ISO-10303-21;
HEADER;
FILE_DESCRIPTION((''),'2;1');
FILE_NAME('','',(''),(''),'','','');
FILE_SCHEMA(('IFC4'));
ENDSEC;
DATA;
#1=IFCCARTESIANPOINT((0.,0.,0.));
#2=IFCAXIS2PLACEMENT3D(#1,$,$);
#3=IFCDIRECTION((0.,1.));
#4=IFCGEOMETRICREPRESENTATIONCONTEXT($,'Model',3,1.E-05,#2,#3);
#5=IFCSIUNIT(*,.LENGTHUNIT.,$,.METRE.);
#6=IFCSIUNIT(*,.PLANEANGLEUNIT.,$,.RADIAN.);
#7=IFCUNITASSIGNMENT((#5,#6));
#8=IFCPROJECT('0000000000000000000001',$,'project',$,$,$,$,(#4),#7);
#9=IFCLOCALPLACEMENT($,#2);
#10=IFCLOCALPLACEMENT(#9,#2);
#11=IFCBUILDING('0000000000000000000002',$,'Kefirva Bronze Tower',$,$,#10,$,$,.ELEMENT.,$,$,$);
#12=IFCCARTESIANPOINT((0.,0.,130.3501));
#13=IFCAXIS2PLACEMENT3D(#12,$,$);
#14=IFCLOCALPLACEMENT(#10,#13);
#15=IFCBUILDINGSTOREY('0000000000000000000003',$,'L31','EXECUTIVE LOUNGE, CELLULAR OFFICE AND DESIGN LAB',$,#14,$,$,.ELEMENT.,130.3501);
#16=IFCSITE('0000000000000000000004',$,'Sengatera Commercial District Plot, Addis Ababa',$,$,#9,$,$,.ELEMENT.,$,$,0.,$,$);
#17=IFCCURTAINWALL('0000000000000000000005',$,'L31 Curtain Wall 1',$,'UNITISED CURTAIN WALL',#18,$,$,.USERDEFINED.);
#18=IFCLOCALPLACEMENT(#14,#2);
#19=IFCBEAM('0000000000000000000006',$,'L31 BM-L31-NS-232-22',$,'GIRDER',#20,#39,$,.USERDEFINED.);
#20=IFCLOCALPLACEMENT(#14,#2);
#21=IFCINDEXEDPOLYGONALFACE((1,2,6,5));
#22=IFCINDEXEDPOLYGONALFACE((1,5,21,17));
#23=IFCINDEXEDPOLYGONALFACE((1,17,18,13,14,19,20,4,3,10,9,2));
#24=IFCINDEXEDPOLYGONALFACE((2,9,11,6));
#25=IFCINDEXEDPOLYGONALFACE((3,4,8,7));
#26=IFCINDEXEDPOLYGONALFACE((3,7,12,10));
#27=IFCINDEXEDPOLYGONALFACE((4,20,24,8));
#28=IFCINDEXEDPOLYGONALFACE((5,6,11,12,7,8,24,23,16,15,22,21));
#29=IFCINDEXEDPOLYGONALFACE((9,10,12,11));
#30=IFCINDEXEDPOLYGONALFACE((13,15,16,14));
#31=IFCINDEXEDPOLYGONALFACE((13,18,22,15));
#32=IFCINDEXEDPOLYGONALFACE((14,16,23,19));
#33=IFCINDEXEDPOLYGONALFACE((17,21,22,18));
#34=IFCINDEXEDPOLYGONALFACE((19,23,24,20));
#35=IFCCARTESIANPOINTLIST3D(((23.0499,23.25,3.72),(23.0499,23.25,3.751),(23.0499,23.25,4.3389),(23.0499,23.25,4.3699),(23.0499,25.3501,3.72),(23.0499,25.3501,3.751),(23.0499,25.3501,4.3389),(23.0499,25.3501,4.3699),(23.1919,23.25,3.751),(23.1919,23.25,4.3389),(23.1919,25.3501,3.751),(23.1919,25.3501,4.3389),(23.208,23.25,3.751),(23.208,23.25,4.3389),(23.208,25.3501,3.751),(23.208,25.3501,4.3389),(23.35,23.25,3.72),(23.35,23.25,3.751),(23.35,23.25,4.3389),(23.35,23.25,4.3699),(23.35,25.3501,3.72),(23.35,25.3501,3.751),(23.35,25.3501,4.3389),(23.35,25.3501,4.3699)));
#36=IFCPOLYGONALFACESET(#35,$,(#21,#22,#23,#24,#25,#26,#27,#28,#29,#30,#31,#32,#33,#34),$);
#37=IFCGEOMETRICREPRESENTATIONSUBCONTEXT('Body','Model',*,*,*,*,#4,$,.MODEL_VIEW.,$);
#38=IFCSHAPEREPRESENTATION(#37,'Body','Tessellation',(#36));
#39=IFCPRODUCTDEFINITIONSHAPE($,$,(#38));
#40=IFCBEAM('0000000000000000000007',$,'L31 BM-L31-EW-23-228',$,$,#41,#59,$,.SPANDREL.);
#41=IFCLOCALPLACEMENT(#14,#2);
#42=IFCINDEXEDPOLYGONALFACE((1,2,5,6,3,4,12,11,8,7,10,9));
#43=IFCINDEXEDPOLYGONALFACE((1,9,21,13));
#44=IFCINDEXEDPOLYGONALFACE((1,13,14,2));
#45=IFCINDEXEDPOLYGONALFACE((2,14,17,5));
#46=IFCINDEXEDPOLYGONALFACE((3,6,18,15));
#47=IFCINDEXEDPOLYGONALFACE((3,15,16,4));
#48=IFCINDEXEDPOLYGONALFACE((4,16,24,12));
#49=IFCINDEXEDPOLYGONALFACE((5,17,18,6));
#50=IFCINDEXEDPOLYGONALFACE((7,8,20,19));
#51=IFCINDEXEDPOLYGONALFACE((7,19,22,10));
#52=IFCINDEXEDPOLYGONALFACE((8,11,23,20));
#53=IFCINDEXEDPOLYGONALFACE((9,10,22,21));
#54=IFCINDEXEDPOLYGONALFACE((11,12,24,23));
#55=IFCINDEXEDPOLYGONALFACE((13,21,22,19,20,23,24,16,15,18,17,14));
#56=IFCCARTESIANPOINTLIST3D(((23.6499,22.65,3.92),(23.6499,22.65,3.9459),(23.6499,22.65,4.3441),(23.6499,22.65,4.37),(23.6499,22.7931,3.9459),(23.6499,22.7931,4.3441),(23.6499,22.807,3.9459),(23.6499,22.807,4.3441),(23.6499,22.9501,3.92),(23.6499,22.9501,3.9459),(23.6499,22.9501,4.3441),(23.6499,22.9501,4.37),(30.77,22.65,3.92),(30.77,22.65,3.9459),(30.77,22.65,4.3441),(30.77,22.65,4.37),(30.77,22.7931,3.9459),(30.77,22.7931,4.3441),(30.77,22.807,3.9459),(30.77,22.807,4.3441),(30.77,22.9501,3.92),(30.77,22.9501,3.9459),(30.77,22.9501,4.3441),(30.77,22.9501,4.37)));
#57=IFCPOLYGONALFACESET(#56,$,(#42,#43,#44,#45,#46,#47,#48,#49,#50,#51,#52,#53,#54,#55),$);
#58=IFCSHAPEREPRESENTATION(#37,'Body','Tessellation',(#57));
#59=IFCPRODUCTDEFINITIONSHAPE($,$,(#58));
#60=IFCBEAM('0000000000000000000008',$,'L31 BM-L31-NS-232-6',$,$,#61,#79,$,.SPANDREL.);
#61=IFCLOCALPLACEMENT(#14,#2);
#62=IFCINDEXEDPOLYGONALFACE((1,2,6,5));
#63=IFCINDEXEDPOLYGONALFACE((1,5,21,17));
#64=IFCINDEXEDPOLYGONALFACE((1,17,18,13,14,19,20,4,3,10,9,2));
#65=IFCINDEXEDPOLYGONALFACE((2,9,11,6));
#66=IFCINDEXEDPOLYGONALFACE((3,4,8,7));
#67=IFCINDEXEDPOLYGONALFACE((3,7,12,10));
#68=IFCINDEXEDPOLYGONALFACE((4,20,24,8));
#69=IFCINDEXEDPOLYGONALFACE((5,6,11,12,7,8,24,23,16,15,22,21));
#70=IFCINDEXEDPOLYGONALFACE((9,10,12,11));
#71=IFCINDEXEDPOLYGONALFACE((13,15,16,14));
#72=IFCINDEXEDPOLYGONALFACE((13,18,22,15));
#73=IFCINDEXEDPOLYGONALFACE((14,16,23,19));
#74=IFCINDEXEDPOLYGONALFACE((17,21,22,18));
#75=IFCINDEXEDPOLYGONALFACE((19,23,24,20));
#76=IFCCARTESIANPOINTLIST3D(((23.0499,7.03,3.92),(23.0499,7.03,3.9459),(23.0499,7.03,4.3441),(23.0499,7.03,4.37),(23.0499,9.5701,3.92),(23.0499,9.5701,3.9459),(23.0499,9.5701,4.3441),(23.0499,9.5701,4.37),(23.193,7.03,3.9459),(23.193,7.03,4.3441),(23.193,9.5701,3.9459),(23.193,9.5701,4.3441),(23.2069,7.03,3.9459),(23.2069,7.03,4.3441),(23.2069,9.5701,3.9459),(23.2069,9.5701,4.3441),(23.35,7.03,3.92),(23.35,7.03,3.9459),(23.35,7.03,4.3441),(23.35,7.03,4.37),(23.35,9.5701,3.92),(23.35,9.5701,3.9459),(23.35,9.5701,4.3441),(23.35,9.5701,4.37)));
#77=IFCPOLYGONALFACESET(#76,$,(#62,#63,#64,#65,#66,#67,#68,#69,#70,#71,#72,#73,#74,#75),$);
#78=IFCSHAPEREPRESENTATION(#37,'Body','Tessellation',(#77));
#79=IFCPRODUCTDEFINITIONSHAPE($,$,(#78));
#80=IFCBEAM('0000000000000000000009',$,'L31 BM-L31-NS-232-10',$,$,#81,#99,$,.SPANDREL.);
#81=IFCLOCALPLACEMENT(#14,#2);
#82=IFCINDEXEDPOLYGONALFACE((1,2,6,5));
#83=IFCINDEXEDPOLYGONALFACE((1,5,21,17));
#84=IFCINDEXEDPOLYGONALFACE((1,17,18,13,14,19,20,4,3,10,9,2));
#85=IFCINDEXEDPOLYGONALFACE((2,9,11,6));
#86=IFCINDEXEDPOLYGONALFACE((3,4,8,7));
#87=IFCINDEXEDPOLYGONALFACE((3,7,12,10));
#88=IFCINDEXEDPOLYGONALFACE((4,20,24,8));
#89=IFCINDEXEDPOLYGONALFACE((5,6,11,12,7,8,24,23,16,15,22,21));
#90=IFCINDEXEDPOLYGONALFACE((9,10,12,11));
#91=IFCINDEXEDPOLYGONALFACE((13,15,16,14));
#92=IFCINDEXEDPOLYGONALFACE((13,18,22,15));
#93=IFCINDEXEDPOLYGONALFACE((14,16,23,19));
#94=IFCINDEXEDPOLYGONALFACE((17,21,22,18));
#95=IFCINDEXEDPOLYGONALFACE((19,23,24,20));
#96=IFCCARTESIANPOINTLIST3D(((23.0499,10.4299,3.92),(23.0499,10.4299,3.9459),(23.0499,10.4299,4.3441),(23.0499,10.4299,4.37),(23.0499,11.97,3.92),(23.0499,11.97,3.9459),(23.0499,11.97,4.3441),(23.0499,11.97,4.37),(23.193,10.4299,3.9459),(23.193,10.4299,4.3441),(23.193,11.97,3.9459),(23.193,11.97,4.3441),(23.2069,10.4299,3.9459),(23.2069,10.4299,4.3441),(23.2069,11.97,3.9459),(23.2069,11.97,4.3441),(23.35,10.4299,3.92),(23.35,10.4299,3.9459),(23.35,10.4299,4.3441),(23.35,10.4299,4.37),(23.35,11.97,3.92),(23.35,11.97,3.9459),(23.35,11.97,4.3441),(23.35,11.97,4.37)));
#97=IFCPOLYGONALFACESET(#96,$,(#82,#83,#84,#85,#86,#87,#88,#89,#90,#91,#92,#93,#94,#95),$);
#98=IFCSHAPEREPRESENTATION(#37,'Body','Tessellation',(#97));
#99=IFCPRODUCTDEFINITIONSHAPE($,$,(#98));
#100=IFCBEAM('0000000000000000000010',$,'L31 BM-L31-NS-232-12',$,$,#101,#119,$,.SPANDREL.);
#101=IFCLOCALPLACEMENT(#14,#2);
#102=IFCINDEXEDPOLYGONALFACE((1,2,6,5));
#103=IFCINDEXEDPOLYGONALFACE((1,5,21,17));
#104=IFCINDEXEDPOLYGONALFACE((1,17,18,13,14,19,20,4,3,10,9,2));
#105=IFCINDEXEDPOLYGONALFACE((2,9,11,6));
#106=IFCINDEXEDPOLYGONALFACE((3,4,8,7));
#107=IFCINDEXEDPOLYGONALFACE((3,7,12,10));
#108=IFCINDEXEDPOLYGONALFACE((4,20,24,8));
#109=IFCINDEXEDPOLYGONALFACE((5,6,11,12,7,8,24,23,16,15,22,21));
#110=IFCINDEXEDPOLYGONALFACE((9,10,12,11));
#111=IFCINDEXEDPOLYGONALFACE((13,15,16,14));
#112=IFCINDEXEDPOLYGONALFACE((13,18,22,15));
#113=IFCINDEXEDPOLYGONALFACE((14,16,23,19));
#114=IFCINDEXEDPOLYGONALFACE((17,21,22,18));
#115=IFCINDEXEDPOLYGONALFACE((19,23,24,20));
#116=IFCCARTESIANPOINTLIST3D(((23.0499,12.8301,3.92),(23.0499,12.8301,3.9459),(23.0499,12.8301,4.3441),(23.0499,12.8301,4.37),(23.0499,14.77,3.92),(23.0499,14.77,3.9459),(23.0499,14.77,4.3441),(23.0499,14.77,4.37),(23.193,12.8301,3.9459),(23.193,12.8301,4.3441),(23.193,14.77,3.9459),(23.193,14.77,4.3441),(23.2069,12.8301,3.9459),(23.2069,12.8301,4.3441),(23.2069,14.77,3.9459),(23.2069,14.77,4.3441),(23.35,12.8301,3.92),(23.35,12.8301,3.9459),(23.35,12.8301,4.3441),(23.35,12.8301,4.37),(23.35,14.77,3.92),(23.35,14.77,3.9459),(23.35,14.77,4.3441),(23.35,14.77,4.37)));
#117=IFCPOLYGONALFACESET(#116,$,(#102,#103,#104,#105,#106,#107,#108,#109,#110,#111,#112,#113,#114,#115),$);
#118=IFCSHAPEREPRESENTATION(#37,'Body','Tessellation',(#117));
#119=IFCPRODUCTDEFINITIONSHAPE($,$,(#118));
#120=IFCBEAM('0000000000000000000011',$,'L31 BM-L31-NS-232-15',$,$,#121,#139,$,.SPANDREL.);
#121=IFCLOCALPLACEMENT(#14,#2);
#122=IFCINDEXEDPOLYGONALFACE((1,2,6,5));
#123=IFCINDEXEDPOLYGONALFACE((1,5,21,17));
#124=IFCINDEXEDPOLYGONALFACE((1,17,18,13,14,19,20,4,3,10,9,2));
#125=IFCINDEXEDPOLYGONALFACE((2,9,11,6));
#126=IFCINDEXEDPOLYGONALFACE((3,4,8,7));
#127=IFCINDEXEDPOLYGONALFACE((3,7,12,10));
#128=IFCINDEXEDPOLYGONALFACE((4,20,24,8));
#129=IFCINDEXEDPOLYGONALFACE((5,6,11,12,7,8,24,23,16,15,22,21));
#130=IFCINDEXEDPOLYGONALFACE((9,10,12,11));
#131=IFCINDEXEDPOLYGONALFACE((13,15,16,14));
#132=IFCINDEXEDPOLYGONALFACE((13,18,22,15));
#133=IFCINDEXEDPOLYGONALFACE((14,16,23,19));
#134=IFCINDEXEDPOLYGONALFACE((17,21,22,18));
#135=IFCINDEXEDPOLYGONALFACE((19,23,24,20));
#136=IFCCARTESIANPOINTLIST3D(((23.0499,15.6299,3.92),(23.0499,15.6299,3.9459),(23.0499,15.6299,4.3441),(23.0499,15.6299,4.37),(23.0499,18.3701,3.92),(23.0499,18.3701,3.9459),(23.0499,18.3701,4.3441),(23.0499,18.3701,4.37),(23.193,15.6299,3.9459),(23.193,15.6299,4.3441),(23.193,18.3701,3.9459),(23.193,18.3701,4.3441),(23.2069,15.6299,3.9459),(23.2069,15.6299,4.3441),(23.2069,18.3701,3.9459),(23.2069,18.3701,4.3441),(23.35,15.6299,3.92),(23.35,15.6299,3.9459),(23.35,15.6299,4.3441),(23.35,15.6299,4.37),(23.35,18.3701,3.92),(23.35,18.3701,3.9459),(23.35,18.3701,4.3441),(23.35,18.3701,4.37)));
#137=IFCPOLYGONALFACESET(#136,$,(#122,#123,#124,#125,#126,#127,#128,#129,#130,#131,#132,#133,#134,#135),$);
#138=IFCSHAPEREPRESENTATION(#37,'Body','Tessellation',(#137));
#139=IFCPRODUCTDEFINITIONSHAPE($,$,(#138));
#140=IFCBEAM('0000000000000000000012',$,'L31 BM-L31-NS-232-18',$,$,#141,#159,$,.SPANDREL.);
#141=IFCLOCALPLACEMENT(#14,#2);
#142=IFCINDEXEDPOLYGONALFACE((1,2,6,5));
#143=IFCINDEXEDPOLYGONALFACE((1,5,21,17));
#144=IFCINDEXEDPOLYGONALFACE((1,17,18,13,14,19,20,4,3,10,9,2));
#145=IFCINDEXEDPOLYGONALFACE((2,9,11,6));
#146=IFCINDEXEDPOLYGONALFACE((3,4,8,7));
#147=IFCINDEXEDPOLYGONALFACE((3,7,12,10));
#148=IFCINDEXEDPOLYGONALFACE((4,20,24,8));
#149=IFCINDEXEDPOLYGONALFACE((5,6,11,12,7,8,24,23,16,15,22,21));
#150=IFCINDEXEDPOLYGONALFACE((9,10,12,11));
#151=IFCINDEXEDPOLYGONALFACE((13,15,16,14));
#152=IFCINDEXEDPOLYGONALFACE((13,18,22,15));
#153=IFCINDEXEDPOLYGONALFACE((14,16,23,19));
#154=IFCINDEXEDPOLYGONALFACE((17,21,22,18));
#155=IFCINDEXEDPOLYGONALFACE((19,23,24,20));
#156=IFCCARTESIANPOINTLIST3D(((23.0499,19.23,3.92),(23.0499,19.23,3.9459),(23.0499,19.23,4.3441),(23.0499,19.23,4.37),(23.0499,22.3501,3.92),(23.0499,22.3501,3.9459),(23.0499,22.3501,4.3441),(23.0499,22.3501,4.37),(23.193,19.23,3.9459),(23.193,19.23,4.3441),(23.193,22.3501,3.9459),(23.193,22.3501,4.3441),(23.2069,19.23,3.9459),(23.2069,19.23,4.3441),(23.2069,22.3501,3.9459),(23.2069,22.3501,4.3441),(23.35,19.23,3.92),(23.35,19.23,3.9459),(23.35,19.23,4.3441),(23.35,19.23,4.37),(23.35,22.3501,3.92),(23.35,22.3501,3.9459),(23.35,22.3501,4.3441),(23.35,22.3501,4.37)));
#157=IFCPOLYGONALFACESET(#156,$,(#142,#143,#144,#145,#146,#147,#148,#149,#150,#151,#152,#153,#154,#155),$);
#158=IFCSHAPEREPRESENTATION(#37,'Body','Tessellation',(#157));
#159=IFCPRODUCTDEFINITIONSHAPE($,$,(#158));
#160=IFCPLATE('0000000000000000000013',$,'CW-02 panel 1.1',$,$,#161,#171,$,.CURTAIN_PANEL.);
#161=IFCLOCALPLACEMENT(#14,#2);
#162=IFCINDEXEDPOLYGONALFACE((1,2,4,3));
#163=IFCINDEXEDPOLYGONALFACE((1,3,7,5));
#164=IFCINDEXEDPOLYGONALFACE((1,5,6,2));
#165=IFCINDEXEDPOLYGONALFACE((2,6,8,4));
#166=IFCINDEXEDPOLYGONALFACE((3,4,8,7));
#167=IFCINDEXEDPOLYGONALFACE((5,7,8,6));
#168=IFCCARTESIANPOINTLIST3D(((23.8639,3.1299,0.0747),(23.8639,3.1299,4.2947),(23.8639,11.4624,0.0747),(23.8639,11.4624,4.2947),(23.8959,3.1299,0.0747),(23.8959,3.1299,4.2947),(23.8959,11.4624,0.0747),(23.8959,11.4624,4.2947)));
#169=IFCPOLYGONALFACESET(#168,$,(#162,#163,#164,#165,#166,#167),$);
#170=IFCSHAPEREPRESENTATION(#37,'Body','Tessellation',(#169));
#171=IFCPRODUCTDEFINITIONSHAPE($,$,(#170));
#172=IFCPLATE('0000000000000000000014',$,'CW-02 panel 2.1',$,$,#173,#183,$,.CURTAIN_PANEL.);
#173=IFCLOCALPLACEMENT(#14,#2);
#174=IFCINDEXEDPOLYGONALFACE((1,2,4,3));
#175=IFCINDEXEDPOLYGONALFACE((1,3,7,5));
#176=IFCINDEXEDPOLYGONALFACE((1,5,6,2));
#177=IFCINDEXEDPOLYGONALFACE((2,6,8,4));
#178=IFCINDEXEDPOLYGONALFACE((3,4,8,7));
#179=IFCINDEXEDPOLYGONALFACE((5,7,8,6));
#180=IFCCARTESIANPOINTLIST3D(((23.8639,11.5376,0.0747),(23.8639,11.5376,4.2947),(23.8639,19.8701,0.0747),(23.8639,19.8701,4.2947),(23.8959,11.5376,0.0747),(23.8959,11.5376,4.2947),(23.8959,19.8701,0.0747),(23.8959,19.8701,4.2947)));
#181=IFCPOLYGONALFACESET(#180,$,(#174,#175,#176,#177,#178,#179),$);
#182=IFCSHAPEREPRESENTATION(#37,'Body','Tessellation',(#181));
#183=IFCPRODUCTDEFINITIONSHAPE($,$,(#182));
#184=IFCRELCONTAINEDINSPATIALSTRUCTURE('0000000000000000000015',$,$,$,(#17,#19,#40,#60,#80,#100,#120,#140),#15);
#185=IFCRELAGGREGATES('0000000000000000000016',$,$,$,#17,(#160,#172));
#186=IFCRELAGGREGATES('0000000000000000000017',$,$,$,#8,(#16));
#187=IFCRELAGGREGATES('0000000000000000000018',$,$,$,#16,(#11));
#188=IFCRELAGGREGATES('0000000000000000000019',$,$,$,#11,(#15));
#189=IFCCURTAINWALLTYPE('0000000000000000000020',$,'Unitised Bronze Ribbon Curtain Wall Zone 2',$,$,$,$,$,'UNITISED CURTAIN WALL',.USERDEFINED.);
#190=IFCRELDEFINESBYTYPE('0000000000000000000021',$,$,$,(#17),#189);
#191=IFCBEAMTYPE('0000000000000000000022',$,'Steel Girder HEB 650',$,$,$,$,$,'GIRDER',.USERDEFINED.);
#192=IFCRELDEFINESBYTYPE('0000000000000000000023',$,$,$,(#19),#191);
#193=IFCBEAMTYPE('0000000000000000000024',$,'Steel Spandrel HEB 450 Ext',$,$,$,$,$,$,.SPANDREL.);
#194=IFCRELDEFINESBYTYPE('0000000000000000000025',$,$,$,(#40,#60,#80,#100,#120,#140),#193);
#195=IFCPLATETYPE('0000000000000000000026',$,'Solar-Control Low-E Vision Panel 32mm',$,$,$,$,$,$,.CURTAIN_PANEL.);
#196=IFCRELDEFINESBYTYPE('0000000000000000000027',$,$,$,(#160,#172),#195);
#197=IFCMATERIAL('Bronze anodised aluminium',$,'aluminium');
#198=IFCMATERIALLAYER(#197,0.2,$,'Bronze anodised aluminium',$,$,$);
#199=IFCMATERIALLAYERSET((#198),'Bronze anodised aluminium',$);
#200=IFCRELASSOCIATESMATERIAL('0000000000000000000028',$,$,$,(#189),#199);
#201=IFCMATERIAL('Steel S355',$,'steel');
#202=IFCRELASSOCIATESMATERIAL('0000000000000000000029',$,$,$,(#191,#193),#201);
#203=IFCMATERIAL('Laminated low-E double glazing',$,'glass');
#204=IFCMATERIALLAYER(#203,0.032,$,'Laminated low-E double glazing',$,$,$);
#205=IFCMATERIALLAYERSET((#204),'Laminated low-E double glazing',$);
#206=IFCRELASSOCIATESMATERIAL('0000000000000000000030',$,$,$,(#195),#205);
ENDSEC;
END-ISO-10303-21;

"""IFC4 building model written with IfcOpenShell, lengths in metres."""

from ifc_helpers import new_model, si_unit, direction, frame, origin, origin_2d, place, context, subcontext, project, spatial, rectangle, i_section, extrude, material, layer, layer_set, material_profile, profile_set, type_object, element, aggregate, save


model = new_model("IFC4")

# Units and contexts
model_context = context("Model", 3, precision=1e-05, world=origin(), true_north=direction((0.0, 1.0)))
body_context = subcontext(model_context, "Body", "Model", "MODEL_VIEW")
ifc_project = project(units=[si_unit("LENGTHUNIT", "METRE"), si_unit("PLANEANGLEUNIT", "RADIAN")], contexts=[model_context])

# Site, building, storey
site_placement = place(None, origin())
site = spatial("IfcSite", under=ifc_project, at=site_placement, Name="Sengatera Commercial District Plot, Addis Ababa", CompositionType="ELEMENT", RefElevation=0.0)
building_placement = place(site_placement, origin())
building = spatial("IfcBuilding", under=site, at=building_placement, Name="Kefirva Bronze Tower", CompositionType="ELEMENT")
storey_placement = place(building_placement, frame((0.0, 0.0, 130.3501)))
storey = spatial("IfcBuildingStorey", under=building, at=storey_placement, Name="L31", Description="EXECUTIVE LOUNGE, CELLULAR OFFICE AND DESIGN LAB", CompositionType="ELEMENT", Elevation=130.3501)

# Curtain wall
ifc_material_1 = material(Name="Bronze anodised aluminium", Category="aluminium")
ifc_layer_1 = layer(ifc_material_1, 0.2, Name="Bronze anodised aluminium")
ifc_layer_set_1 = layer_set([ifc_layer_1], Name="Bronze anodised aluminium")
curtain_wall_type = type_object("IfcCurtainWallType", Name="Unitised Bronze Ribbon Curtain Wall Zone 2", ElementType="UNITISED CURTAIN WALL", PredefinedType="USERDEFINED", material=ifc_layer_set_1)
curtain_wall_placement = place(storey_placement, origin())
curtain_wall = element("IfcCurtainWall", 1, at=curtain_wall_placement, inside=storey, type_object=curtain_wall_type, Name="L31 Curtain Wall 1", ObjectType="UNITISED CURTAIN WALL", PredefinedType="USERDEFINED")

# Beams
ifc_material_2 = material(Name="Steel S355", Category="steel")
ifc_material_profile_1 = material_profile(ifc_material_2, i_section(OverallWidth=0.3, OverallDepth=0.6499, WebThickness=0.0161, FlangeThickness=0.031, at=origin_2d()), Name="HEB 650")
ifc_profile_set_1 = profile_set([ifc_material_profile_1], Name="Steel S355")
beam_type_1 = type_object("IfcBeamType", Name="Steel Girder HEB 650", ElementType="GIRDER", PredefinedType="USERDEFINED", material=ifc_profile_set_1)
beam_1_placement = place(storey_placement, frame((23.2, 23.25, 4.0449), z_axis=(0.0, 1.0, 0.0), x_axis=(-1.0, 0.0, 0.0)))
element("IfcBeam", 2, at=beam_1_placement, inside=storey, type_object=beam_type_1, Name="L31 BM-L31-NS-232-22", ObjectType="GIRDER", PredefinedType="USERDEFINED", context=body_context, shape_type="SweptSolid", body=[
    extrude(i_section(OverallWidth=0.3, OverallDepth=0.6499, WebThickness=0.0161, FlangeThickness=0.031, at=origin_2d()), origin(), (0.0, 0.0, 1.0), 2.1001),
])
ifc_material_profile_2 = material_profile(ifc_material_2, i_section(OverallWidth=0.3, OverallDepth=0.45, WebThickness=0.0139, FlangeThickness=0.0259, at=origin_2d()), Name="HEB 450")
ifc_profile_set_2 = profile_set([ifc_material_profile_2], Name="Steel S355")
beam_type_2 = type_object("IfcBeamType", Name="Steel Spandrel HEB 450 Ext", PredefinedType="SPANDREL", material=ifc_profile_set_2)
beam_2_placement = place(storey_placement, frame((23.6499, 22.8, 4.145), z_axis=(1.0, 0.0, 0.0), x_axis=(0.0, 1.0, 0.0)))
element("IfcBeam", 3, at=beam_2_placement, inside=storey, type_object=beam_type_2, Name="L31 BM-L31-EW-23-228", PredefinedType="SPANDREL", context=body_context, shape_type="SweptSolid", body=[
    extrude(i_section(OverallWidth=0.3, OverallDepth=0.45, WebThickness=0.0139, FlangeThickness=0.0259, at=origin_2d()), origin(), (0.0, 0.0, 1.0), 7.1201),
])
beam_3_placement = place(storey_placement, frame((23.2, 7.03, 4.145), z_axis=(0.0, 1.0, 0.0), x_axis=(-1.0, 0.0, 0.0)))
element("IfcBeam", 4, at=beam_3_placement, inside=storey, type_object=beam_type_2, Name="L31 BM-L31-NS-232-6", PredefinedType="SPANDREL", context=body_context, shape_type="SweptSolid", body=[
    extrude(i_section(OverallWidth=0.3, OverallDepth=0.45, WebThickness=0.0139, FlangeThickness=0.0259, at=origin_2d()), origin(), (0.0, 0.0, 1.0), 2.54),
])
beam_4_placement = place(storey_placement, frame((23.2, 10.4299, 4.145), z_axis=(0.0, 1.0, 0.0), x_axis=(-1.0, 0.0, 0.0)))
element("IfcBeam", 5, at=beam_4_placement, inside=storey, type_object=beam_type_2, Name="L31 BM-L31-NS-232-10", PredefinedType="SPANDREL", context=body_context, shape_type="SweptSolid", body=[
    extrude(i_section(OverallWidth=0.3, OverallDepth=0.45, WebThickness=0.0139, FlangeThickness=0.0259, at=origin_2d()), origin(), (0.0, 0.0, 1.0), 1.54),
])
beam_5_placement = place(storey_placement, frame((23.2, 12.8301, 4.145), z_axis=(0.0, 1.0, 0.0), x_axis=(-1.0, 0.0, 0.0)))
element("IfcBeam", 6, at=beam_5_placement, inside=storey, type_object=beam_type_2, Name="L31 BM-L31-NS-232-12", PredefinedType="SPANDREL", context=body_context, shape_type="SweptSolid", body=[
    extrude(i_section(OverallWidth=0.3, OverallDepth=0.45, WebThickness=0.0139, FlangeThickness=0.0259, at=origin_2d()), origin(), (0.0, 0.0, 1.0), 1.9399),
])
beam_6_placement = place(storey_placement, frame((23.2, 15.6299, 4.145), z_axis=(0.0, 1.0, 0.0), x_axis=(-1.0, 0.0, 0.0)))
element("IfcBeam", 7, at=beam_6_placement, inside=storey, type_object=beam_type_2, Name="L31 BM-L31-NS-232-15", PredefinedType="SPANDREL", context=body_context, shape_type="SweptSolid", body=[
    extrude(i_section(OverallWidth=0.3, OverallDepth=0.45, WebThickness=0.0139, FlangeThickness=0.0259, at=origin_2d()), origin(), (0.0, 0.0, 1.0), 2.7402),
])
beam_7_placement = place(storey_placement, frame((23.2, 19.23, 4.145), z_axis=(0.0, 1.0, 0.0), x_axis=(-1.0, 0.0, 0.0)))
element("IfcBeam", 8, at=beam_7_placement, inside=storey, type_object=beam_type_2, Name="L31 BM-L31-NS-232-18", PredefinedType="SPANDREL", context=body_context, shape_type="SweptSolid", body=[
    extrude(i_section(OverallWidth=0.3, OverallDepth=0.45, WebThickness=0.0139, FlangeThickness=0.0259, at=origin_2d()), origin(), (0.0, 0.0, 1.0), 3.1201),
])

# Plates
ifc_material_3 = material(Name="Laminated low-E double glazing", Category="glass")
ifc_layer_2 = layer(ifc_material_3, 0.032, Name="Laminated low-E double glazing")
ifc_layer_set_2 = layer_set([ifc_layer_2], Name="Laminated low-E double glazing")
plate_type = type_object("IfcPlateType", Name="Solar-Control Low-E Vision Panel 32mm", PredefinedType="CURTAIN_PANEL", material=ifc_layer_set_2)
plate_1_placement = place(storey_placement, frame((23.8799, 7.2961, 0.0747), z_axis=(0.0, 0.0, 1.0), x_axis=(0.0, 1.0, 0.0)))
plate_1 = element("IfcPlate", 9, at=plate_1_placement, type_object=plate_type, Name="CW-02 panel 1.1", PredefinedType="CURTAIN_PANEL", context=body_context, shape_type="SweptSolid", body=[
    extrude(rectangle(XDim=8.3325, YDim=0.032, at=origin_2d()), origin(), (0.0, 0.0, 1.0), 4.22),
])
plate_2_placement = place(storey_placement, frame((23.8799, 15.7039, 0.0747), z_axis=(0.0, 0.0, 1.0), x_axis=(0.0, 1.0, 0.0)))
plate_2 = element("IfcPlate", 10, at=plate_2_placement, type_object=plate_type, Name="CW-02 panel 2.1", PredefinedType="CURTAIN_PANEL", context=body_context, shape_type="SweptSolid", body=[
    extrude(rectangle(XDim=8.3325, YDim=0.032, at=origin_2d()), origin(), (0.0, 0.0, 1.0), 4.22),
])
aggregate(curtain_wall, [plate_1, plate_2])

save(model, "model.ifc")
